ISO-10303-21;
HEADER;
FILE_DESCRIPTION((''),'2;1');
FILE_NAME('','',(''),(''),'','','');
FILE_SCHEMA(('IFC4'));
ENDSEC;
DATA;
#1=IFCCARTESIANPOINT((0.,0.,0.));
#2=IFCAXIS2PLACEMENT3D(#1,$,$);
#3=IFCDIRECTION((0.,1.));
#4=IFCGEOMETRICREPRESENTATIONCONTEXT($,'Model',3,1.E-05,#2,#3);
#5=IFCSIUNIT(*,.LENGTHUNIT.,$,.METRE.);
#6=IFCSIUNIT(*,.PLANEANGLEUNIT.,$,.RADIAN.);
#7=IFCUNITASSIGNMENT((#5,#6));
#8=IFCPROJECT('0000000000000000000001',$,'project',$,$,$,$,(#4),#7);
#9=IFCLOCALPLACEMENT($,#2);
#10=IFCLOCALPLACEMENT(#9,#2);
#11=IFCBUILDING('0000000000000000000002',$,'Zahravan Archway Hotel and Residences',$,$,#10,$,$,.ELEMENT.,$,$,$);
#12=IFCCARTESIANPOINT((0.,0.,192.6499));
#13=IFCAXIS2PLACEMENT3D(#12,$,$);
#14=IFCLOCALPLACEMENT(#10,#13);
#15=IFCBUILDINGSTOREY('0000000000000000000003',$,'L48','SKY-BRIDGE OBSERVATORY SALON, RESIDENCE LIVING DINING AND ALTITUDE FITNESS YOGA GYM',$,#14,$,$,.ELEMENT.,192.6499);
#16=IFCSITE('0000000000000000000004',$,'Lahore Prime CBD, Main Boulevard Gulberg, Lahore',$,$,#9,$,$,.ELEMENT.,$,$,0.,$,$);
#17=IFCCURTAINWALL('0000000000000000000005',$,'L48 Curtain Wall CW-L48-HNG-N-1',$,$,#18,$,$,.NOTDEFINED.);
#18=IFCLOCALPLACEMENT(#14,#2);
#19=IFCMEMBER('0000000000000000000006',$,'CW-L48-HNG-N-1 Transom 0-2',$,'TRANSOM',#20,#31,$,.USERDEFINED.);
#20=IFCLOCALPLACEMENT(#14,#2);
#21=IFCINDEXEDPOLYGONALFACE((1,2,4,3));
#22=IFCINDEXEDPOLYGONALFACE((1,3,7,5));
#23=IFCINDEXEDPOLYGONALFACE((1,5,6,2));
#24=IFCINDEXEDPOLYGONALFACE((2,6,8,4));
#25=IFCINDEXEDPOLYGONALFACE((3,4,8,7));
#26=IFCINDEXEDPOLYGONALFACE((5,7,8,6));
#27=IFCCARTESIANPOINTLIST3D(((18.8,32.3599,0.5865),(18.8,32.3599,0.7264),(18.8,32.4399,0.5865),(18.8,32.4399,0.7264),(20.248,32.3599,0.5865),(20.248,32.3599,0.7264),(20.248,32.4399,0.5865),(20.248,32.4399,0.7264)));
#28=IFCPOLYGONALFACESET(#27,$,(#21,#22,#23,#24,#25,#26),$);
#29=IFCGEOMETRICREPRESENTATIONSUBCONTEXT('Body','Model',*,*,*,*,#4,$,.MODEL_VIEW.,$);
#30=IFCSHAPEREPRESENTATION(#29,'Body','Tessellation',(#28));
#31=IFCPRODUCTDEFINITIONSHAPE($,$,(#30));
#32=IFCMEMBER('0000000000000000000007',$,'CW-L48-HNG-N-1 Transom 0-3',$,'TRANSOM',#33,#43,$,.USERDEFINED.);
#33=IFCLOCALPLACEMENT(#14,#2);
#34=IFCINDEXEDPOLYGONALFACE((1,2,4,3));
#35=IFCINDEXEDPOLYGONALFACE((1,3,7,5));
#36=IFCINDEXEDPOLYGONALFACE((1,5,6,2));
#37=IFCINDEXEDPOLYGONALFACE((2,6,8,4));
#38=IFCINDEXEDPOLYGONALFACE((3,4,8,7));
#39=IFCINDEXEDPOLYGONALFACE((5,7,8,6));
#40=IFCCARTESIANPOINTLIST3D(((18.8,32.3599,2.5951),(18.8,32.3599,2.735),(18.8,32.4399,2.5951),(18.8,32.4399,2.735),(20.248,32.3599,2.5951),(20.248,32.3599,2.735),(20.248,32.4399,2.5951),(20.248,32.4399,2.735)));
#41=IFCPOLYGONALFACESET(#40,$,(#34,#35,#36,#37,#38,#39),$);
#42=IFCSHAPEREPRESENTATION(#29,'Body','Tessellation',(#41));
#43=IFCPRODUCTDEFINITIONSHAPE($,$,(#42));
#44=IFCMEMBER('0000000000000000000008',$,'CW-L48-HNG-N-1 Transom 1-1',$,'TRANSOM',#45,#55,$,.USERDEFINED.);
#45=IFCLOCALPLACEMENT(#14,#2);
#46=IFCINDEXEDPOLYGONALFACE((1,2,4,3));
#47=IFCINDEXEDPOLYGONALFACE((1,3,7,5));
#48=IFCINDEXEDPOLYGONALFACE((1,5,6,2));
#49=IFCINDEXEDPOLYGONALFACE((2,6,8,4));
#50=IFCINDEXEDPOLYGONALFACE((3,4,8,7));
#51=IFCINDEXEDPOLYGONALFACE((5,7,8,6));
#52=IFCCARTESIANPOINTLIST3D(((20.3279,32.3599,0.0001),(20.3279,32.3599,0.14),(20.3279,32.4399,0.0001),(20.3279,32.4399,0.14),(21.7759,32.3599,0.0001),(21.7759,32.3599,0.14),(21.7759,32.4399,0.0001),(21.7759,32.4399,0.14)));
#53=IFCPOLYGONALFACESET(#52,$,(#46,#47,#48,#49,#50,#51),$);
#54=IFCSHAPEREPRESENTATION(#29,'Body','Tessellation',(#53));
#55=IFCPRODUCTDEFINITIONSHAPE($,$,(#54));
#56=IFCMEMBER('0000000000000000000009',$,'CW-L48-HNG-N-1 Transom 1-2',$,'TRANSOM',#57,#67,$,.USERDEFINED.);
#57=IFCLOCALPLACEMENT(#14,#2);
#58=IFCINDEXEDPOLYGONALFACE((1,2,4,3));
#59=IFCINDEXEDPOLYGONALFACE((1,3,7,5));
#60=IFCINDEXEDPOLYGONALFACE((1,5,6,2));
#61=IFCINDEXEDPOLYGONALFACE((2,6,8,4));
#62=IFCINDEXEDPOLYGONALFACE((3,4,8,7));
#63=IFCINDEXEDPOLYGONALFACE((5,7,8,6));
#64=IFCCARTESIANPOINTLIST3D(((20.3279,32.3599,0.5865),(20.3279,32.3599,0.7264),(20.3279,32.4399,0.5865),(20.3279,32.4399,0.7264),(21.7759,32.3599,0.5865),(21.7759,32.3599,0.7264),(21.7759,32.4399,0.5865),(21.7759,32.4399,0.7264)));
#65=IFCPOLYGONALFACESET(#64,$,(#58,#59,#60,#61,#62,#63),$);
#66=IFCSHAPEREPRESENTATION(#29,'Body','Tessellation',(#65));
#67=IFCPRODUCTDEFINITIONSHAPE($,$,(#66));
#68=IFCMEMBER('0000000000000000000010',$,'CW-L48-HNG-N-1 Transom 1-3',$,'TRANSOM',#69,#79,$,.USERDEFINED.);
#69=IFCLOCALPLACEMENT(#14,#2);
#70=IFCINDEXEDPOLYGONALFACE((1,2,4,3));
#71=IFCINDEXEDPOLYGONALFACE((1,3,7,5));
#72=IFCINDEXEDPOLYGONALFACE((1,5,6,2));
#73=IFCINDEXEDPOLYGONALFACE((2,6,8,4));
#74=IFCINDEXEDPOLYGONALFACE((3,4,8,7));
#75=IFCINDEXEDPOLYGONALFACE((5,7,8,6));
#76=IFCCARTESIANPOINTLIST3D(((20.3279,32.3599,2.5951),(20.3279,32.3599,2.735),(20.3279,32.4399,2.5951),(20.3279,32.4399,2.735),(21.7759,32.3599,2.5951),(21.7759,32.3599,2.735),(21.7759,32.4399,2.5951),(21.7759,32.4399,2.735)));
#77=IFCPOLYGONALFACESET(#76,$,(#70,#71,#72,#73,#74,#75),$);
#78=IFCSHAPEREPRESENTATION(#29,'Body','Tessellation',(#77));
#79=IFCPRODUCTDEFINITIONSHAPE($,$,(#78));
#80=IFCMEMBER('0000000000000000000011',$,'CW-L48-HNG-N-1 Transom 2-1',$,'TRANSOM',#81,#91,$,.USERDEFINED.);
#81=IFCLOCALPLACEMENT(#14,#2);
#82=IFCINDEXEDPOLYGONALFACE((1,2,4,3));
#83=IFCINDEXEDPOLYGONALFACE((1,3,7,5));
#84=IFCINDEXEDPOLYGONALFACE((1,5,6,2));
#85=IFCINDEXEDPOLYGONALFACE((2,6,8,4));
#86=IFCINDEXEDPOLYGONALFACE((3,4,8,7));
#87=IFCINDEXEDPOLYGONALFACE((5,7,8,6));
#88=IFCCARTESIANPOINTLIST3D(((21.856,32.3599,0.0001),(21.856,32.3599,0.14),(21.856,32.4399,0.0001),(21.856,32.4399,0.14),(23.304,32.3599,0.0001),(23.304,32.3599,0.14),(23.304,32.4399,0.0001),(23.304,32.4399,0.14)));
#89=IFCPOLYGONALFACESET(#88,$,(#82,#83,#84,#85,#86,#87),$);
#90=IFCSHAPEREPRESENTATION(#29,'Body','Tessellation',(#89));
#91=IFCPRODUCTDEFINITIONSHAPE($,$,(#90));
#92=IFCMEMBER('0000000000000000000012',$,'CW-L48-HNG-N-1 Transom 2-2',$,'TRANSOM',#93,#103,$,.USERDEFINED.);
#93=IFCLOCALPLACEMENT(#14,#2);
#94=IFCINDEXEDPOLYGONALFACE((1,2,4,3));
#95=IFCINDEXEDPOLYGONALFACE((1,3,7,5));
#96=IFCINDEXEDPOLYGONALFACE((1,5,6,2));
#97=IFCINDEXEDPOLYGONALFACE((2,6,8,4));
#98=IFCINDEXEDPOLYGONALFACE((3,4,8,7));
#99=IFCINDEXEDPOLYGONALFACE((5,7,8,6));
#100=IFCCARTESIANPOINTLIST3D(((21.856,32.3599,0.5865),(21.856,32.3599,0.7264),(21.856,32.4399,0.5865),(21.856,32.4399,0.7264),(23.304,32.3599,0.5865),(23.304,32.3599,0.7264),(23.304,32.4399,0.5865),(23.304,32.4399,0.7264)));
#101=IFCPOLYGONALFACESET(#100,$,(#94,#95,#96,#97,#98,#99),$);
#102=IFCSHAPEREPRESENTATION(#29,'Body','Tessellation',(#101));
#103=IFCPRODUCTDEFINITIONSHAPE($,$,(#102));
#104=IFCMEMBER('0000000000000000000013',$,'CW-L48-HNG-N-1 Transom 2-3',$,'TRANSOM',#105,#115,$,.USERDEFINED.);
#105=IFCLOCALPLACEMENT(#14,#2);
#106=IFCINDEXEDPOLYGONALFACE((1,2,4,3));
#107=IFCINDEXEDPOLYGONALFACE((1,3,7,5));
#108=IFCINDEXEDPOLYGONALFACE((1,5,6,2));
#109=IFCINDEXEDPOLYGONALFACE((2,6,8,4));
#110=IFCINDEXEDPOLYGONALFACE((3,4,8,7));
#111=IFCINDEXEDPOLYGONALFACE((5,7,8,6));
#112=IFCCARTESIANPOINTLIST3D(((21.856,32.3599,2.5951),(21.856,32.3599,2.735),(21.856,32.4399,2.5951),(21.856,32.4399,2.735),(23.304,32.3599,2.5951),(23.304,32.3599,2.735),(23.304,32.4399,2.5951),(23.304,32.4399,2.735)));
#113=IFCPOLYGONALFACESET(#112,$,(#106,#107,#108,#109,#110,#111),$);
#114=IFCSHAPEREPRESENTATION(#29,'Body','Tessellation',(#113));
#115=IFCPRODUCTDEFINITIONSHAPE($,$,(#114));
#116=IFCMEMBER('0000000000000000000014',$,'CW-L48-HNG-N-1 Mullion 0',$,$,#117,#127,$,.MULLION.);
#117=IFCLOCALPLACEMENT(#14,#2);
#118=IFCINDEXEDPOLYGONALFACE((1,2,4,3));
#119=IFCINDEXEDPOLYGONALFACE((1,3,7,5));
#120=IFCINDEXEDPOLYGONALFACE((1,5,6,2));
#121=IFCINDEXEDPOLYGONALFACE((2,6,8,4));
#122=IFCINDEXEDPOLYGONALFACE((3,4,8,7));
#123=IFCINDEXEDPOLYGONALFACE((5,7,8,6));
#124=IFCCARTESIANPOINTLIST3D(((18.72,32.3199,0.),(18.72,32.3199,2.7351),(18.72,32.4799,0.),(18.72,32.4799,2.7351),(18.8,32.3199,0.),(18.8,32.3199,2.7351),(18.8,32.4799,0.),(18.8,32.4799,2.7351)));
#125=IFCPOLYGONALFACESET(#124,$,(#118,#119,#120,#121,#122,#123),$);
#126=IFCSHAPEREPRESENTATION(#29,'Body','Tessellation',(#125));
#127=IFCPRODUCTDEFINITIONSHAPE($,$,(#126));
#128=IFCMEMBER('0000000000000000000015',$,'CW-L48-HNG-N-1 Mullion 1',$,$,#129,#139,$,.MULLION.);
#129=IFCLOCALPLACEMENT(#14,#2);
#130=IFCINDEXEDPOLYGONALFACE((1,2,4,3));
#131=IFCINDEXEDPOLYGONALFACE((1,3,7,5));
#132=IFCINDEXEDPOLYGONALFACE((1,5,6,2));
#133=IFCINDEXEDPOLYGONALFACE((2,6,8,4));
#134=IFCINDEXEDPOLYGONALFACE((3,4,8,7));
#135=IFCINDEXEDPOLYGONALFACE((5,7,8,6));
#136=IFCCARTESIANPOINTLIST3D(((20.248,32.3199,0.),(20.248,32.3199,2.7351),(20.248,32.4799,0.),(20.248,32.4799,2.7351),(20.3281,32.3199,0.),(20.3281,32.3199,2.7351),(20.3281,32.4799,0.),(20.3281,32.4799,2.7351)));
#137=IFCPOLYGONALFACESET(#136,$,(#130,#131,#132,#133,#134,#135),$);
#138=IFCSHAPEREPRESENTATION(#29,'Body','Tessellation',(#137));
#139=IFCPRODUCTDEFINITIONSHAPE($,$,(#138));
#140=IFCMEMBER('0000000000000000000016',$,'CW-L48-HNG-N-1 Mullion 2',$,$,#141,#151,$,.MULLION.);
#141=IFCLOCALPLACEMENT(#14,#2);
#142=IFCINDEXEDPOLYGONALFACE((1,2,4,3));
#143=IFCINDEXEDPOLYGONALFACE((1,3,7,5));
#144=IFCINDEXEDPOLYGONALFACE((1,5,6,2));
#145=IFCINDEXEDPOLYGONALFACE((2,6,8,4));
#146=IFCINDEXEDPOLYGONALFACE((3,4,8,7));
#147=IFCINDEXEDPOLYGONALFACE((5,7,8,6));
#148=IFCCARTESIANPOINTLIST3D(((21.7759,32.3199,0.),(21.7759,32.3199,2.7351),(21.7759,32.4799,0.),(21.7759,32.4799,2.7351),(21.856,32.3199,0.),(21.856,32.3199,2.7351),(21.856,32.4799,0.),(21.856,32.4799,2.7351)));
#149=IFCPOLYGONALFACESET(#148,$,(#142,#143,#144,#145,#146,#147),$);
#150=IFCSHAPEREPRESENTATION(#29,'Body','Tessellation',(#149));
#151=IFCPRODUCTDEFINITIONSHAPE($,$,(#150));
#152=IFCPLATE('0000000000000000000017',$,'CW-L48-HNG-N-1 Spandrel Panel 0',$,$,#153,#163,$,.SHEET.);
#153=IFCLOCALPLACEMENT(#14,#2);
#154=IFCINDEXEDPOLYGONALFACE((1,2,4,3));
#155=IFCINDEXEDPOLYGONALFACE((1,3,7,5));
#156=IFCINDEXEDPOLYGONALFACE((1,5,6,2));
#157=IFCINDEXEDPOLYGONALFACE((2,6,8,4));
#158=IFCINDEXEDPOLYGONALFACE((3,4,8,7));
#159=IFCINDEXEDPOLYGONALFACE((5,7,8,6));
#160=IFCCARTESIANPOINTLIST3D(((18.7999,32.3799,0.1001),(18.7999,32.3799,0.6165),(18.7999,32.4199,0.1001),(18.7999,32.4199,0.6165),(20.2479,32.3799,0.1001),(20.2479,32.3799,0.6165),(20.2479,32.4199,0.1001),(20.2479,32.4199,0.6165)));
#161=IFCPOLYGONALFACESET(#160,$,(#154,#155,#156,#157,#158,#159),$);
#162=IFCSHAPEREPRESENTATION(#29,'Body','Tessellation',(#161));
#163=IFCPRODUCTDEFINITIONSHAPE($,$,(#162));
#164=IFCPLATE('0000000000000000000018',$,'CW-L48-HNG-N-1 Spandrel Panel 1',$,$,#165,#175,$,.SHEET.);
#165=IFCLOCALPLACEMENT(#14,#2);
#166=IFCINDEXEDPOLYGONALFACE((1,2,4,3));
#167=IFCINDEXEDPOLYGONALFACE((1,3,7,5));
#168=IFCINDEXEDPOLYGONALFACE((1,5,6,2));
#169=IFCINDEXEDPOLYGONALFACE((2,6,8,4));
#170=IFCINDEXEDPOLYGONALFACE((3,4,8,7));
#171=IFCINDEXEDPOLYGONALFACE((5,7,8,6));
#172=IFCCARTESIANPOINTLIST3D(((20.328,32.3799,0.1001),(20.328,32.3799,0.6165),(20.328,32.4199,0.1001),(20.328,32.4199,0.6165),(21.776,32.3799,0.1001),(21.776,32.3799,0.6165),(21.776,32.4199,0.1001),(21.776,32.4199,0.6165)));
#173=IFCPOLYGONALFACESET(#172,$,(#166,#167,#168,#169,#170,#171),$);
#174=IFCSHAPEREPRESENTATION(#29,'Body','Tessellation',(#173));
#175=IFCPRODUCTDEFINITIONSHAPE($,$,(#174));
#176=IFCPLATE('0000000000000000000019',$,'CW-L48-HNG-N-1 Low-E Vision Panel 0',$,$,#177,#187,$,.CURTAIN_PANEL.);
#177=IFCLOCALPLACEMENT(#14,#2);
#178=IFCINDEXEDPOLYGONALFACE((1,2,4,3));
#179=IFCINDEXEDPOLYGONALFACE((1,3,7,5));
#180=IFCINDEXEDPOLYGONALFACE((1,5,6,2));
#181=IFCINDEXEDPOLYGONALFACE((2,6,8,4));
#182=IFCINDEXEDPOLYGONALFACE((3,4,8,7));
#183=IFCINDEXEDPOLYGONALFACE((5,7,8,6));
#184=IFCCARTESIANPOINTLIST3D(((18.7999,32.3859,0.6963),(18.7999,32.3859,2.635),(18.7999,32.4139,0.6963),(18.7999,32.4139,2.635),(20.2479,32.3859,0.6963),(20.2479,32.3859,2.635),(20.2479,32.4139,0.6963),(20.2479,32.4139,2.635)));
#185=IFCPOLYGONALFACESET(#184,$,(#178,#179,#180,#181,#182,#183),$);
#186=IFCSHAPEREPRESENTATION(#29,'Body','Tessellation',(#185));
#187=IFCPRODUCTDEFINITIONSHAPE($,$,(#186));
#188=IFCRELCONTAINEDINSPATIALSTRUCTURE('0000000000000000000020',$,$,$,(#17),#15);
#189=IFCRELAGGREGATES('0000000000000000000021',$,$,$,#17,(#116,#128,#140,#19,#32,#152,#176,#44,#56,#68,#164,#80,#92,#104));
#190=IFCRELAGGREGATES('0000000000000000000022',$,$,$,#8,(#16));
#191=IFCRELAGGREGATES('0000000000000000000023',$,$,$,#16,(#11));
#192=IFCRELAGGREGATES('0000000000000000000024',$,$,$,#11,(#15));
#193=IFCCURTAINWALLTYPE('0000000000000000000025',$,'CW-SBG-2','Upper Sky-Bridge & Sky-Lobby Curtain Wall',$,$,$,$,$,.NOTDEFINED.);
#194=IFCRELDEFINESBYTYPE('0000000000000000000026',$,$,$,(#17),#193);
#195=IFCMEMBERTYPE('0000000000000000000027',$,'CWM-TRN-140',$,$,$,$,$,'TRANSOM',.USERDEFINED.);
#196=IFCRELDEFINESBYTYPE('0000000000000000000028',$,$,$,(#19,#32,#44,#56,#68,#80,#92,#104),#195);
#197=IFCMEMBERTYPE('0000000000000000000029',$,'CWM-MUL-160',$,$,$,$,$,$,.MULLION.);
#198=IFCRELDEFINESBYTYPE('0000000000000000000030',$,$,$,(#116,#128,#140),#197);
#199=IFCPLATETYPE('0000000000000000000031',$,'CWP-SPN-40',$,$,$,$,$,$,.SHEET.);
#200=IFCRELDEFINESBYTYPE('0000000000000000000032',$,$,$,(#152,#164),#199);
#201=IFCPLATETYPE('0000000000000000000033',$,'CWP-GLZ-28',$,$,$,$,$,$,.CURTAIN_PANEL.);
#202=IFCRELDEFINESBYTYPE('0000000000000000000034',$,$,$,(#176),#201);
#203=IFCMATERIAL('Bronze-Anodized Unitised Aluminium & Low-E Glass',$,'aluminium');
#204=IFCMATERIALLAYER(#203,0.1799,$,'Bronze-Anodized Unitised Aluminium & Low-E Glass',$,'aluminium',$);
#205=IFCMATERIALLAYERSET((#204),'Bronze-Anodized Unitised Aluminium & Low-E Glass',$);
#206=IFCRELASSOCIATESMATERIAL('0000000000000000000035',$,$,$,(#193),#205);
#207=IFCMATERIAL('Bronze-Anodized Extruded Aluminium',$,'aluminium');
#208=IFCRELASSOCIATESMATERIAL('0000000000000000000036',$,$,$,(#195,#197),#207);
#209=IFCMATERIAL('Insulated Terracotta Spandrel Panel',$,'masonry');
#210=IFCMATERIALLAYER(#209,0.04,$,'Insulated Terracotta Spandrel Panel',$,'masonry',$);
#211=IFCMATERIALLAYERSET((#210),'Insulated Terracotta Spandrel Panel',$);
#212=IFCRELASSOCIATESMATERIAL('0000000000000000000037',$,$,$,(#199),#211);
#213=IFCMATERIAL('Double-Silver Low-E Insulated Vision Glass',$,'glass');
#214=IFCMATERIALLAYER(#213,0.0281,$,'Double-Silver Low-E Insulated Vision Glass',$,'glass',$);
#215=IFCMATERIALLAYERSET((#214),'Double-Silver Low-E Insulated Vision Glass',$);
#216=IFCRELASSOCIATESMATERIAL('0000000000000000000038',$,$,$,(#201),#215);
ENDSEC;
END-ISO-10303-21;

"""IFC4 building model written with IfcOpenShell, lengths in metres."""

from ifc_helpers import new_model, si_unit, direction, frame, origin, origin_2d, place, context, subcontext, project, spatial, rectangle, extrude, source, transform, mapped, material, layer, layer_set, material_profile, profile_set, type_object, element, aggregate, save


model = new_model("IFC4")

# Units and contexts
model_context = context("Model", 3, precision=1e-05, world=origin(), true_north=direction((0.0, 1.0)))
body_context = subcontext(model_context, "Body", "Model", "MODEL_VIEW")
ifc_project = project(units=[si_unit("LENGTHUNIT", "METRE"), si_unit("PLANEANGLEUNIT", "RADIAN")], contexts=[model_context])

# Site, building, storey
site_placement = place(None, origin())
site = spatial("IfcSite", under=ifc_project, at=site_placement, Name="Lahore Prime CBD, Main Boulevard Gulberg, Lahore", CompositionType="ELEMENT", RefElevation=0.0)
building_placement = place(site_placement, origin())
building = spatial("IfcBuilding", under=site, at=building_placement, Name="Zahravan Archway Hotel and Residences", CompositionType="ELEMENT")
storey_placement = place(building_placement, frame((0.0, 0.0, 192.6499)))
storey = spatial("IfcBuildingStorey", under=building, at=storey_placement, Name="L48", Description="SKY-BRIDGE OBSERVATORY SALON, RESIDENCE LIVING DINING AND ALTITUDE FITNESS YOGA GYM", CompositionType="ELEMENT", Elevation=192.6499)

# Curtain wall, members, plates
ifc_material_1 = material(Name="Bronze-Anodized Unitised Aluminium & Low-E Glass", Category="aluminium")
ifc_layer_1 = layer(ifc_material_1, 0.1799, Name="Bronze-Anodized Unitised Aluminium & Low-E Glass", Category="aluminium")
ifc_layer_set_1 = layer_set([ifc_layer_1], Name="Bronze-Anodized Unitised Aluminium & Low-E Glass")
curtain_wall_type = type_object("IfcCurtainWallType", Name="CW-SBG-2", Description="Upper Sky-Bridge & Sky-Lobby Curtain Wall", PredefinedType="NOTDEFINED", material=ifc_layer_set_1)
curtain_wall_placement = place(storey_placement, origin())
curtain_wall = element("IfcCurtainWall", 1, at=curtain_wall_placement, inside=storey, type_object=curtain_wall_type, Name="L48 Curtain Wall CW-L48-HNG-N-1", PredefinedType="NOTDEFINED")
ifc_material_2 = material(Name="Bronze-Anodized Extruded Aluminium", Category="aluminium")
ifc_material_profile_1 = material_profile(ifc_material_2, rectangle(XDim=0.0801, YDim=0.1399, at=origin_2d()), Name="TRN 80x140", Category="aluminium")
ifc_profile_set_1 = profile_set([ifc_material_profile_1], Name="Bronze-Anodized Extruded Aluminium")
member_type_1 = type_object("IfcMemberType", Name="CWM-TRN-140", ElementType="TRANSOM", PredefinedType="USERDEFINED", material=ifc_profile_set_1)
shared_shape_1 = source(origin(), body_context, "Body", "SweptSolid", [
    extrude(rectangle(XDim=0.0801, YDim=0.1399, at=origin_2d()), origin(), (0.0, 0.0, 1.0), 1.448),
])
member_1_placement = place(storey_placement, frame((18.8, 32.3999, 0.6565), z_axis=(1.0, 0.0, 0.0), x_axis=(0.0, 1.0, 0.0)))
member_1 = element("IfcMember", 2, at=member_1_placement, type_object=member_type_1, Name="CW-L48-HNG-N-1 Transom 0-2", ObjectType="TRANSOM", PredefinedType="USERDEFINED", context=body_context, shape_type="MappedRepresentation", body=[
    mapped(shared_shape_1, transform((0.0, 0.0, 0.0), scale=1.0)),
])
member_2_placement = place(storey_placement, frame((18.8, 32.3999, 2.665), z_axis=(1.0, 0.0, 0.0), x_axis=(0.0, 1.0, 0.0)))
member_2 = element("IfcMember", 3, at=member_2_placement, type_object=member_type_1, Name="CW-L48-HNG-N-1 Transom 0-3", ObjectType="TRANSOM", PredefinedType="USERDEFINED", context=body_context, shape_type="MappedRepresentation", body=[
    mapped(shared_shape_1, transform((0.0, 0.0, 0.0), scale=1.0)),
])
member_3_placement = place(storey_placement, frame((20.3279, 32.3999, 0.0701), z_axis=(1.0, 0.0, 0.0), x_axis=(0.0, 1.0, 0.0)))
member_3 = element("IfcMember", 4, at=member_3_placement, type_object=member_type_1, Name="CW-L48-HNG-N-1 Transom 1-1", ObjectType="TRANSOM", PredefinedType="USERDEFINED", context=body_context, shape_type="MappedRepresentation", body=[
    mapped(shared_shape_1, transform((0.0, 0.0, 0.0), scale=1.0)),
])
member_4_placement = place(storey_placement, frame((20.3279, 32.3999, 0.6565), z_axis=(1.0, 0.0, 0.0), x_axis=(0.0, 1.0, 0.0)))
member_4 = element("IfcMember", 5, at=member_4_placement, type_object=member_type_1, Name="CW-L48-HNG-N-1 Transom 1-2", ObjectType="TRANSOM", PredefinedType="USERDEFINED", context=body_context, shape_type="MappedRepresentation", body=[
    mapped(shared_shape_1, transform((0.0, 0.0, 0.0), scale=1.0)),
])
member_5_placement = place(storey_placement, frame((20.3279, 32.3999, 2.665), z_axis=(1.0, 0.0, 0.0), x_axis=(0.0, 1.0, 0.0)))
member_5 = element("IfcMember", 6, at=member_5_placement, type_object=member_type_1, Name="CW-L48-HNG-N-1 Transom 1-3", ObjectType="TRANSOM", PredefinedType="USERDEFINED", context=body_context, shape_type="MappedRepresentation", body=[
    mapped(shared_shape_1, transform((0.0, 0.0, 0.0), scale=1.0)),
])
member_6_placement = place(storey_placement, frame((21.856, 32.3999, 0.0701), z_axis=(1.0, 0.0, 0.0), x_axis=(0.0, 1.0, 0.0)))
member_6 = element("IfcMember", 7, at=member_6_placement, type_object=member_type_1, Name="CW-L48-HNG-N-1 Transom 2-1", ObjectType="TRANSOM", PredefinedType="USERDEFINED", context=body_context, shape_type="MappedRepresentation", body=[
    mapped(shared_shape_1, transform((0.0, 0.0, 0.0), scale=1.0)),
])
member_7_placement = place(storey_placement, frame((21.856, 32.3999, 0.6565), z_axis=(1.0, 0.0, 0.0), x_axis=(0.0, 1.0, 0.0)))
member_7 = element("IfcMember", 8, at=member_7_placement, type_object=member_type_1, Name="CW-L48-HNG-N-1 Transom 2-2", ObjectType="TRANSOM", PredefinedType="USERDEFINED", context=body_context, shape_type="MappedRepresentation", body=[
    mapped(shared_shape_1, transform((0.0, 0.0, 0.0), scale=1.0)),
])
member_8_placement = place(storey_placement, frame((21.856, 32.3999, 2.665), z_axis=(1.0, 0.0, 0.0), x_axis=(0.0, 1.0, 0.0)))
member_8 = element("IfcMember", 9, at=member_8_placement, type_object=member_type_1, Name="CW-L48-HNG-N-1 Transom 2-3", ObjectType="TRANSOM", PredefinedType="USERDEFINED", context=body_context, shape_type="MappedRepresentation", body=[
    mapped(shared_shape_1, transform((0.0, 0.0, 0.0), scale=1.0)),
])
ifc_material_profile_2 = material_profile(ifc_material_2, rectangle(XDim=0.0801, YDim=0.1599, at=origin_2d()), Name="MUL 80x160", Category="aluminium")
ifc_profile_set_2 = profile_set([ifc_material_profile_2], Name="Bronze-Anodized Extruded Aluminium")
member_type_2 = type_object("IfcMemberType", Name="CWM-MUL-160", PredefinedType="MULLION", material=ifc_profile_set_2)
shared_shape_2 = source(origin(), body_context, "Body", "SweptSolid", [
    extrude(rectangle(XDim=0.0801, YDim=0.1599, at=origin_2d()), origin(), (0.0, 0.0, 1.0), 2.7351),
])
member_9_placement = place(storey_placement, frame((18.76, 32.3999, 0.0), z_axis=(0.0, 0.0, 1.0), x_axis=(1.0, 0.0, 0.0)))
member_9 = element("IfcMember", 10, at=member_9_placement, type_object=member_type_2, Name="CW-L48-HNG-N-1 Mullion 0", PredefinedType="MULLION", context=body_context, shape_type="MappedRepresentation", body=[
    mapped(shared_shape_2, transform((0.0, 0.0, 0.0), scale=1.0)),
])
member_10_placement = place(storey_placement, frame((20.2881, 32.3999, 0.0), z_axis=(0.0, 0.0, 1.0), x_axis=(1.0, 0.0, 0.0)))
member_10 = element("IfcMember", 11, at=member_10_placement, type_object=member_type_2, Name="CW-L48-HNG-N-1 Mullion 1", PredefinedType="MULLION", context=body_context, shape_type="MappedRepresentation", body=[
    mapped(shared_shape_2, transform((0.0, 0.0, 0.0), scale=1.0)),
])
member_11_placement = place(storey_placement, frame((21.8159, 32.3999, 0.0), z_axis=(0.0, 0.0, 1.0), x_axis=(1.0, 0.0, 0.0)))
member_11 = element("IfcMember", 12, at=member_11_placement, type_object=member_type_2, Name="CW-L48-HNG-N-1 Mullion 2", PredefinedType="MULLION", context=body_context, shape_type="MappedRepresentation", body=[
    mapped(shared_shape_2, transform((0.0, 0.0, 0.0), scale=1.0)),
])
ifc_material_3 = material(Name="Insulated Terracotta Spandrel Panel", Category="masonry")
ifc_layer_2 = layer(ifc_material_3, 0.04, Name="Insulated Terracotta Spandrel Panel", Category="masonry")
ifc_layer_set_2 = layer_set([ifc_layer_2], Name="Insulated Terracotta Spandrel Panel")
plate_type_1 = type_object("IfcPlateType", Name="CWP-SPN-40", PredefinedType="SHEET", material=ifc_layer_set_2)
shared_shape_3 = source(origin(), body_context, "Body", "SweptSolid", [
    extrude(rectangle(XDim=1.448, YDim=0.04, at=origin_2d()), origin(), (0.0, 0.0, 1.0), 0.5164),
])
plate_1_placement = place(storey_placement, frame((19.5239, 32.3999, 0.1001), z_axis=(0.0, 0.0, 1.0), x_axis=(1.0, 0.0, 0.0)))
plate_1 = element("IfcPlate", 13, at=plate_1_placement, type_object=plate_type_1, Name="CW-L48-HNG-N-1 Spandrel Panel 0", PredefinedType="SHEET", context=body_context, shape_type="MappedRepresentation", body=[
    mapped(shared_shape_3, transform((0.0, 0.0, 0.0), scale=1.0)),
])
plate_2_placement = place(storey_placement, frame((21.052, 32.3999, 0.1001), z_axis=(0.0, 0.0, 1.0), x_axis=(1.0, 0.0, 0.0)))
plate_2 = element("IfcPlate", 14, at=plate_2_placement, type_object=plate_type_1, Name="CW-L48-HNG-N-1 Spandrel Panel 1", PredefinedType="SHEET", context=body_context, shape_type="MappedRepresentation", body=[
    mapped(shared_shape_3, transform((0.0, 0.0, 0.0), scale=1.0)),
])
ifc_material_4 = material(Name="Double-Silver Low-E Insulated Vision Glass", Category="glass")
ifc_layer_3 = layer(ifc_material_4, 0.0281, Name="Double-Silver Low-E Insulated Vision Glass", Category="glass")
ifc_layer_set_3 = layer_set([ifc_layer_3], Name="Double-Silver Low-E Insulated Vision Glass")
plate_type_2 = type_object("IfcPlateType", Name="CWP-GLZ-28", PredefinedType="CURTAIN_PANEL", material=ifc_layer_set_3)
shared_shape_4 = source(origin(), body_context, "Body", "SweptSolid", [
    extrude(rectangle(XDim=1.448, YDim=0.0281, at=origin_2d()), origin(), (0.0, 0.0, 1.0), 1.9387),
])
plate_3_placement = place(storey_placement, frame((19.5239, 32.3999, 0.6963), z_axis=(0.0, 0.0, 1.0), x_axis=(1.0, 0.0, 0.0)))
plate_3 = element("IfcPlate", 15, at=plate_3_placement, type_object=plate_type_2, Name="CW-L48-HNG-N-1 Low-E Vision Panel 0", PredefinedType="CURTAIN_PANEL", context=body_context, shape_type="MappedRepresentation", body=[
    mapped(shared_shape_4, transform((0.0, 0.0, 0.0), scale=1.0)),
])
aggregate(curtain_wall, [member_9, member_10, member_11, member_1, member_2, plate_1, plate_3, member_3, member_4, member_5, plate_2, member_6, member_7, member_8])

save(model, "model.ifc")
